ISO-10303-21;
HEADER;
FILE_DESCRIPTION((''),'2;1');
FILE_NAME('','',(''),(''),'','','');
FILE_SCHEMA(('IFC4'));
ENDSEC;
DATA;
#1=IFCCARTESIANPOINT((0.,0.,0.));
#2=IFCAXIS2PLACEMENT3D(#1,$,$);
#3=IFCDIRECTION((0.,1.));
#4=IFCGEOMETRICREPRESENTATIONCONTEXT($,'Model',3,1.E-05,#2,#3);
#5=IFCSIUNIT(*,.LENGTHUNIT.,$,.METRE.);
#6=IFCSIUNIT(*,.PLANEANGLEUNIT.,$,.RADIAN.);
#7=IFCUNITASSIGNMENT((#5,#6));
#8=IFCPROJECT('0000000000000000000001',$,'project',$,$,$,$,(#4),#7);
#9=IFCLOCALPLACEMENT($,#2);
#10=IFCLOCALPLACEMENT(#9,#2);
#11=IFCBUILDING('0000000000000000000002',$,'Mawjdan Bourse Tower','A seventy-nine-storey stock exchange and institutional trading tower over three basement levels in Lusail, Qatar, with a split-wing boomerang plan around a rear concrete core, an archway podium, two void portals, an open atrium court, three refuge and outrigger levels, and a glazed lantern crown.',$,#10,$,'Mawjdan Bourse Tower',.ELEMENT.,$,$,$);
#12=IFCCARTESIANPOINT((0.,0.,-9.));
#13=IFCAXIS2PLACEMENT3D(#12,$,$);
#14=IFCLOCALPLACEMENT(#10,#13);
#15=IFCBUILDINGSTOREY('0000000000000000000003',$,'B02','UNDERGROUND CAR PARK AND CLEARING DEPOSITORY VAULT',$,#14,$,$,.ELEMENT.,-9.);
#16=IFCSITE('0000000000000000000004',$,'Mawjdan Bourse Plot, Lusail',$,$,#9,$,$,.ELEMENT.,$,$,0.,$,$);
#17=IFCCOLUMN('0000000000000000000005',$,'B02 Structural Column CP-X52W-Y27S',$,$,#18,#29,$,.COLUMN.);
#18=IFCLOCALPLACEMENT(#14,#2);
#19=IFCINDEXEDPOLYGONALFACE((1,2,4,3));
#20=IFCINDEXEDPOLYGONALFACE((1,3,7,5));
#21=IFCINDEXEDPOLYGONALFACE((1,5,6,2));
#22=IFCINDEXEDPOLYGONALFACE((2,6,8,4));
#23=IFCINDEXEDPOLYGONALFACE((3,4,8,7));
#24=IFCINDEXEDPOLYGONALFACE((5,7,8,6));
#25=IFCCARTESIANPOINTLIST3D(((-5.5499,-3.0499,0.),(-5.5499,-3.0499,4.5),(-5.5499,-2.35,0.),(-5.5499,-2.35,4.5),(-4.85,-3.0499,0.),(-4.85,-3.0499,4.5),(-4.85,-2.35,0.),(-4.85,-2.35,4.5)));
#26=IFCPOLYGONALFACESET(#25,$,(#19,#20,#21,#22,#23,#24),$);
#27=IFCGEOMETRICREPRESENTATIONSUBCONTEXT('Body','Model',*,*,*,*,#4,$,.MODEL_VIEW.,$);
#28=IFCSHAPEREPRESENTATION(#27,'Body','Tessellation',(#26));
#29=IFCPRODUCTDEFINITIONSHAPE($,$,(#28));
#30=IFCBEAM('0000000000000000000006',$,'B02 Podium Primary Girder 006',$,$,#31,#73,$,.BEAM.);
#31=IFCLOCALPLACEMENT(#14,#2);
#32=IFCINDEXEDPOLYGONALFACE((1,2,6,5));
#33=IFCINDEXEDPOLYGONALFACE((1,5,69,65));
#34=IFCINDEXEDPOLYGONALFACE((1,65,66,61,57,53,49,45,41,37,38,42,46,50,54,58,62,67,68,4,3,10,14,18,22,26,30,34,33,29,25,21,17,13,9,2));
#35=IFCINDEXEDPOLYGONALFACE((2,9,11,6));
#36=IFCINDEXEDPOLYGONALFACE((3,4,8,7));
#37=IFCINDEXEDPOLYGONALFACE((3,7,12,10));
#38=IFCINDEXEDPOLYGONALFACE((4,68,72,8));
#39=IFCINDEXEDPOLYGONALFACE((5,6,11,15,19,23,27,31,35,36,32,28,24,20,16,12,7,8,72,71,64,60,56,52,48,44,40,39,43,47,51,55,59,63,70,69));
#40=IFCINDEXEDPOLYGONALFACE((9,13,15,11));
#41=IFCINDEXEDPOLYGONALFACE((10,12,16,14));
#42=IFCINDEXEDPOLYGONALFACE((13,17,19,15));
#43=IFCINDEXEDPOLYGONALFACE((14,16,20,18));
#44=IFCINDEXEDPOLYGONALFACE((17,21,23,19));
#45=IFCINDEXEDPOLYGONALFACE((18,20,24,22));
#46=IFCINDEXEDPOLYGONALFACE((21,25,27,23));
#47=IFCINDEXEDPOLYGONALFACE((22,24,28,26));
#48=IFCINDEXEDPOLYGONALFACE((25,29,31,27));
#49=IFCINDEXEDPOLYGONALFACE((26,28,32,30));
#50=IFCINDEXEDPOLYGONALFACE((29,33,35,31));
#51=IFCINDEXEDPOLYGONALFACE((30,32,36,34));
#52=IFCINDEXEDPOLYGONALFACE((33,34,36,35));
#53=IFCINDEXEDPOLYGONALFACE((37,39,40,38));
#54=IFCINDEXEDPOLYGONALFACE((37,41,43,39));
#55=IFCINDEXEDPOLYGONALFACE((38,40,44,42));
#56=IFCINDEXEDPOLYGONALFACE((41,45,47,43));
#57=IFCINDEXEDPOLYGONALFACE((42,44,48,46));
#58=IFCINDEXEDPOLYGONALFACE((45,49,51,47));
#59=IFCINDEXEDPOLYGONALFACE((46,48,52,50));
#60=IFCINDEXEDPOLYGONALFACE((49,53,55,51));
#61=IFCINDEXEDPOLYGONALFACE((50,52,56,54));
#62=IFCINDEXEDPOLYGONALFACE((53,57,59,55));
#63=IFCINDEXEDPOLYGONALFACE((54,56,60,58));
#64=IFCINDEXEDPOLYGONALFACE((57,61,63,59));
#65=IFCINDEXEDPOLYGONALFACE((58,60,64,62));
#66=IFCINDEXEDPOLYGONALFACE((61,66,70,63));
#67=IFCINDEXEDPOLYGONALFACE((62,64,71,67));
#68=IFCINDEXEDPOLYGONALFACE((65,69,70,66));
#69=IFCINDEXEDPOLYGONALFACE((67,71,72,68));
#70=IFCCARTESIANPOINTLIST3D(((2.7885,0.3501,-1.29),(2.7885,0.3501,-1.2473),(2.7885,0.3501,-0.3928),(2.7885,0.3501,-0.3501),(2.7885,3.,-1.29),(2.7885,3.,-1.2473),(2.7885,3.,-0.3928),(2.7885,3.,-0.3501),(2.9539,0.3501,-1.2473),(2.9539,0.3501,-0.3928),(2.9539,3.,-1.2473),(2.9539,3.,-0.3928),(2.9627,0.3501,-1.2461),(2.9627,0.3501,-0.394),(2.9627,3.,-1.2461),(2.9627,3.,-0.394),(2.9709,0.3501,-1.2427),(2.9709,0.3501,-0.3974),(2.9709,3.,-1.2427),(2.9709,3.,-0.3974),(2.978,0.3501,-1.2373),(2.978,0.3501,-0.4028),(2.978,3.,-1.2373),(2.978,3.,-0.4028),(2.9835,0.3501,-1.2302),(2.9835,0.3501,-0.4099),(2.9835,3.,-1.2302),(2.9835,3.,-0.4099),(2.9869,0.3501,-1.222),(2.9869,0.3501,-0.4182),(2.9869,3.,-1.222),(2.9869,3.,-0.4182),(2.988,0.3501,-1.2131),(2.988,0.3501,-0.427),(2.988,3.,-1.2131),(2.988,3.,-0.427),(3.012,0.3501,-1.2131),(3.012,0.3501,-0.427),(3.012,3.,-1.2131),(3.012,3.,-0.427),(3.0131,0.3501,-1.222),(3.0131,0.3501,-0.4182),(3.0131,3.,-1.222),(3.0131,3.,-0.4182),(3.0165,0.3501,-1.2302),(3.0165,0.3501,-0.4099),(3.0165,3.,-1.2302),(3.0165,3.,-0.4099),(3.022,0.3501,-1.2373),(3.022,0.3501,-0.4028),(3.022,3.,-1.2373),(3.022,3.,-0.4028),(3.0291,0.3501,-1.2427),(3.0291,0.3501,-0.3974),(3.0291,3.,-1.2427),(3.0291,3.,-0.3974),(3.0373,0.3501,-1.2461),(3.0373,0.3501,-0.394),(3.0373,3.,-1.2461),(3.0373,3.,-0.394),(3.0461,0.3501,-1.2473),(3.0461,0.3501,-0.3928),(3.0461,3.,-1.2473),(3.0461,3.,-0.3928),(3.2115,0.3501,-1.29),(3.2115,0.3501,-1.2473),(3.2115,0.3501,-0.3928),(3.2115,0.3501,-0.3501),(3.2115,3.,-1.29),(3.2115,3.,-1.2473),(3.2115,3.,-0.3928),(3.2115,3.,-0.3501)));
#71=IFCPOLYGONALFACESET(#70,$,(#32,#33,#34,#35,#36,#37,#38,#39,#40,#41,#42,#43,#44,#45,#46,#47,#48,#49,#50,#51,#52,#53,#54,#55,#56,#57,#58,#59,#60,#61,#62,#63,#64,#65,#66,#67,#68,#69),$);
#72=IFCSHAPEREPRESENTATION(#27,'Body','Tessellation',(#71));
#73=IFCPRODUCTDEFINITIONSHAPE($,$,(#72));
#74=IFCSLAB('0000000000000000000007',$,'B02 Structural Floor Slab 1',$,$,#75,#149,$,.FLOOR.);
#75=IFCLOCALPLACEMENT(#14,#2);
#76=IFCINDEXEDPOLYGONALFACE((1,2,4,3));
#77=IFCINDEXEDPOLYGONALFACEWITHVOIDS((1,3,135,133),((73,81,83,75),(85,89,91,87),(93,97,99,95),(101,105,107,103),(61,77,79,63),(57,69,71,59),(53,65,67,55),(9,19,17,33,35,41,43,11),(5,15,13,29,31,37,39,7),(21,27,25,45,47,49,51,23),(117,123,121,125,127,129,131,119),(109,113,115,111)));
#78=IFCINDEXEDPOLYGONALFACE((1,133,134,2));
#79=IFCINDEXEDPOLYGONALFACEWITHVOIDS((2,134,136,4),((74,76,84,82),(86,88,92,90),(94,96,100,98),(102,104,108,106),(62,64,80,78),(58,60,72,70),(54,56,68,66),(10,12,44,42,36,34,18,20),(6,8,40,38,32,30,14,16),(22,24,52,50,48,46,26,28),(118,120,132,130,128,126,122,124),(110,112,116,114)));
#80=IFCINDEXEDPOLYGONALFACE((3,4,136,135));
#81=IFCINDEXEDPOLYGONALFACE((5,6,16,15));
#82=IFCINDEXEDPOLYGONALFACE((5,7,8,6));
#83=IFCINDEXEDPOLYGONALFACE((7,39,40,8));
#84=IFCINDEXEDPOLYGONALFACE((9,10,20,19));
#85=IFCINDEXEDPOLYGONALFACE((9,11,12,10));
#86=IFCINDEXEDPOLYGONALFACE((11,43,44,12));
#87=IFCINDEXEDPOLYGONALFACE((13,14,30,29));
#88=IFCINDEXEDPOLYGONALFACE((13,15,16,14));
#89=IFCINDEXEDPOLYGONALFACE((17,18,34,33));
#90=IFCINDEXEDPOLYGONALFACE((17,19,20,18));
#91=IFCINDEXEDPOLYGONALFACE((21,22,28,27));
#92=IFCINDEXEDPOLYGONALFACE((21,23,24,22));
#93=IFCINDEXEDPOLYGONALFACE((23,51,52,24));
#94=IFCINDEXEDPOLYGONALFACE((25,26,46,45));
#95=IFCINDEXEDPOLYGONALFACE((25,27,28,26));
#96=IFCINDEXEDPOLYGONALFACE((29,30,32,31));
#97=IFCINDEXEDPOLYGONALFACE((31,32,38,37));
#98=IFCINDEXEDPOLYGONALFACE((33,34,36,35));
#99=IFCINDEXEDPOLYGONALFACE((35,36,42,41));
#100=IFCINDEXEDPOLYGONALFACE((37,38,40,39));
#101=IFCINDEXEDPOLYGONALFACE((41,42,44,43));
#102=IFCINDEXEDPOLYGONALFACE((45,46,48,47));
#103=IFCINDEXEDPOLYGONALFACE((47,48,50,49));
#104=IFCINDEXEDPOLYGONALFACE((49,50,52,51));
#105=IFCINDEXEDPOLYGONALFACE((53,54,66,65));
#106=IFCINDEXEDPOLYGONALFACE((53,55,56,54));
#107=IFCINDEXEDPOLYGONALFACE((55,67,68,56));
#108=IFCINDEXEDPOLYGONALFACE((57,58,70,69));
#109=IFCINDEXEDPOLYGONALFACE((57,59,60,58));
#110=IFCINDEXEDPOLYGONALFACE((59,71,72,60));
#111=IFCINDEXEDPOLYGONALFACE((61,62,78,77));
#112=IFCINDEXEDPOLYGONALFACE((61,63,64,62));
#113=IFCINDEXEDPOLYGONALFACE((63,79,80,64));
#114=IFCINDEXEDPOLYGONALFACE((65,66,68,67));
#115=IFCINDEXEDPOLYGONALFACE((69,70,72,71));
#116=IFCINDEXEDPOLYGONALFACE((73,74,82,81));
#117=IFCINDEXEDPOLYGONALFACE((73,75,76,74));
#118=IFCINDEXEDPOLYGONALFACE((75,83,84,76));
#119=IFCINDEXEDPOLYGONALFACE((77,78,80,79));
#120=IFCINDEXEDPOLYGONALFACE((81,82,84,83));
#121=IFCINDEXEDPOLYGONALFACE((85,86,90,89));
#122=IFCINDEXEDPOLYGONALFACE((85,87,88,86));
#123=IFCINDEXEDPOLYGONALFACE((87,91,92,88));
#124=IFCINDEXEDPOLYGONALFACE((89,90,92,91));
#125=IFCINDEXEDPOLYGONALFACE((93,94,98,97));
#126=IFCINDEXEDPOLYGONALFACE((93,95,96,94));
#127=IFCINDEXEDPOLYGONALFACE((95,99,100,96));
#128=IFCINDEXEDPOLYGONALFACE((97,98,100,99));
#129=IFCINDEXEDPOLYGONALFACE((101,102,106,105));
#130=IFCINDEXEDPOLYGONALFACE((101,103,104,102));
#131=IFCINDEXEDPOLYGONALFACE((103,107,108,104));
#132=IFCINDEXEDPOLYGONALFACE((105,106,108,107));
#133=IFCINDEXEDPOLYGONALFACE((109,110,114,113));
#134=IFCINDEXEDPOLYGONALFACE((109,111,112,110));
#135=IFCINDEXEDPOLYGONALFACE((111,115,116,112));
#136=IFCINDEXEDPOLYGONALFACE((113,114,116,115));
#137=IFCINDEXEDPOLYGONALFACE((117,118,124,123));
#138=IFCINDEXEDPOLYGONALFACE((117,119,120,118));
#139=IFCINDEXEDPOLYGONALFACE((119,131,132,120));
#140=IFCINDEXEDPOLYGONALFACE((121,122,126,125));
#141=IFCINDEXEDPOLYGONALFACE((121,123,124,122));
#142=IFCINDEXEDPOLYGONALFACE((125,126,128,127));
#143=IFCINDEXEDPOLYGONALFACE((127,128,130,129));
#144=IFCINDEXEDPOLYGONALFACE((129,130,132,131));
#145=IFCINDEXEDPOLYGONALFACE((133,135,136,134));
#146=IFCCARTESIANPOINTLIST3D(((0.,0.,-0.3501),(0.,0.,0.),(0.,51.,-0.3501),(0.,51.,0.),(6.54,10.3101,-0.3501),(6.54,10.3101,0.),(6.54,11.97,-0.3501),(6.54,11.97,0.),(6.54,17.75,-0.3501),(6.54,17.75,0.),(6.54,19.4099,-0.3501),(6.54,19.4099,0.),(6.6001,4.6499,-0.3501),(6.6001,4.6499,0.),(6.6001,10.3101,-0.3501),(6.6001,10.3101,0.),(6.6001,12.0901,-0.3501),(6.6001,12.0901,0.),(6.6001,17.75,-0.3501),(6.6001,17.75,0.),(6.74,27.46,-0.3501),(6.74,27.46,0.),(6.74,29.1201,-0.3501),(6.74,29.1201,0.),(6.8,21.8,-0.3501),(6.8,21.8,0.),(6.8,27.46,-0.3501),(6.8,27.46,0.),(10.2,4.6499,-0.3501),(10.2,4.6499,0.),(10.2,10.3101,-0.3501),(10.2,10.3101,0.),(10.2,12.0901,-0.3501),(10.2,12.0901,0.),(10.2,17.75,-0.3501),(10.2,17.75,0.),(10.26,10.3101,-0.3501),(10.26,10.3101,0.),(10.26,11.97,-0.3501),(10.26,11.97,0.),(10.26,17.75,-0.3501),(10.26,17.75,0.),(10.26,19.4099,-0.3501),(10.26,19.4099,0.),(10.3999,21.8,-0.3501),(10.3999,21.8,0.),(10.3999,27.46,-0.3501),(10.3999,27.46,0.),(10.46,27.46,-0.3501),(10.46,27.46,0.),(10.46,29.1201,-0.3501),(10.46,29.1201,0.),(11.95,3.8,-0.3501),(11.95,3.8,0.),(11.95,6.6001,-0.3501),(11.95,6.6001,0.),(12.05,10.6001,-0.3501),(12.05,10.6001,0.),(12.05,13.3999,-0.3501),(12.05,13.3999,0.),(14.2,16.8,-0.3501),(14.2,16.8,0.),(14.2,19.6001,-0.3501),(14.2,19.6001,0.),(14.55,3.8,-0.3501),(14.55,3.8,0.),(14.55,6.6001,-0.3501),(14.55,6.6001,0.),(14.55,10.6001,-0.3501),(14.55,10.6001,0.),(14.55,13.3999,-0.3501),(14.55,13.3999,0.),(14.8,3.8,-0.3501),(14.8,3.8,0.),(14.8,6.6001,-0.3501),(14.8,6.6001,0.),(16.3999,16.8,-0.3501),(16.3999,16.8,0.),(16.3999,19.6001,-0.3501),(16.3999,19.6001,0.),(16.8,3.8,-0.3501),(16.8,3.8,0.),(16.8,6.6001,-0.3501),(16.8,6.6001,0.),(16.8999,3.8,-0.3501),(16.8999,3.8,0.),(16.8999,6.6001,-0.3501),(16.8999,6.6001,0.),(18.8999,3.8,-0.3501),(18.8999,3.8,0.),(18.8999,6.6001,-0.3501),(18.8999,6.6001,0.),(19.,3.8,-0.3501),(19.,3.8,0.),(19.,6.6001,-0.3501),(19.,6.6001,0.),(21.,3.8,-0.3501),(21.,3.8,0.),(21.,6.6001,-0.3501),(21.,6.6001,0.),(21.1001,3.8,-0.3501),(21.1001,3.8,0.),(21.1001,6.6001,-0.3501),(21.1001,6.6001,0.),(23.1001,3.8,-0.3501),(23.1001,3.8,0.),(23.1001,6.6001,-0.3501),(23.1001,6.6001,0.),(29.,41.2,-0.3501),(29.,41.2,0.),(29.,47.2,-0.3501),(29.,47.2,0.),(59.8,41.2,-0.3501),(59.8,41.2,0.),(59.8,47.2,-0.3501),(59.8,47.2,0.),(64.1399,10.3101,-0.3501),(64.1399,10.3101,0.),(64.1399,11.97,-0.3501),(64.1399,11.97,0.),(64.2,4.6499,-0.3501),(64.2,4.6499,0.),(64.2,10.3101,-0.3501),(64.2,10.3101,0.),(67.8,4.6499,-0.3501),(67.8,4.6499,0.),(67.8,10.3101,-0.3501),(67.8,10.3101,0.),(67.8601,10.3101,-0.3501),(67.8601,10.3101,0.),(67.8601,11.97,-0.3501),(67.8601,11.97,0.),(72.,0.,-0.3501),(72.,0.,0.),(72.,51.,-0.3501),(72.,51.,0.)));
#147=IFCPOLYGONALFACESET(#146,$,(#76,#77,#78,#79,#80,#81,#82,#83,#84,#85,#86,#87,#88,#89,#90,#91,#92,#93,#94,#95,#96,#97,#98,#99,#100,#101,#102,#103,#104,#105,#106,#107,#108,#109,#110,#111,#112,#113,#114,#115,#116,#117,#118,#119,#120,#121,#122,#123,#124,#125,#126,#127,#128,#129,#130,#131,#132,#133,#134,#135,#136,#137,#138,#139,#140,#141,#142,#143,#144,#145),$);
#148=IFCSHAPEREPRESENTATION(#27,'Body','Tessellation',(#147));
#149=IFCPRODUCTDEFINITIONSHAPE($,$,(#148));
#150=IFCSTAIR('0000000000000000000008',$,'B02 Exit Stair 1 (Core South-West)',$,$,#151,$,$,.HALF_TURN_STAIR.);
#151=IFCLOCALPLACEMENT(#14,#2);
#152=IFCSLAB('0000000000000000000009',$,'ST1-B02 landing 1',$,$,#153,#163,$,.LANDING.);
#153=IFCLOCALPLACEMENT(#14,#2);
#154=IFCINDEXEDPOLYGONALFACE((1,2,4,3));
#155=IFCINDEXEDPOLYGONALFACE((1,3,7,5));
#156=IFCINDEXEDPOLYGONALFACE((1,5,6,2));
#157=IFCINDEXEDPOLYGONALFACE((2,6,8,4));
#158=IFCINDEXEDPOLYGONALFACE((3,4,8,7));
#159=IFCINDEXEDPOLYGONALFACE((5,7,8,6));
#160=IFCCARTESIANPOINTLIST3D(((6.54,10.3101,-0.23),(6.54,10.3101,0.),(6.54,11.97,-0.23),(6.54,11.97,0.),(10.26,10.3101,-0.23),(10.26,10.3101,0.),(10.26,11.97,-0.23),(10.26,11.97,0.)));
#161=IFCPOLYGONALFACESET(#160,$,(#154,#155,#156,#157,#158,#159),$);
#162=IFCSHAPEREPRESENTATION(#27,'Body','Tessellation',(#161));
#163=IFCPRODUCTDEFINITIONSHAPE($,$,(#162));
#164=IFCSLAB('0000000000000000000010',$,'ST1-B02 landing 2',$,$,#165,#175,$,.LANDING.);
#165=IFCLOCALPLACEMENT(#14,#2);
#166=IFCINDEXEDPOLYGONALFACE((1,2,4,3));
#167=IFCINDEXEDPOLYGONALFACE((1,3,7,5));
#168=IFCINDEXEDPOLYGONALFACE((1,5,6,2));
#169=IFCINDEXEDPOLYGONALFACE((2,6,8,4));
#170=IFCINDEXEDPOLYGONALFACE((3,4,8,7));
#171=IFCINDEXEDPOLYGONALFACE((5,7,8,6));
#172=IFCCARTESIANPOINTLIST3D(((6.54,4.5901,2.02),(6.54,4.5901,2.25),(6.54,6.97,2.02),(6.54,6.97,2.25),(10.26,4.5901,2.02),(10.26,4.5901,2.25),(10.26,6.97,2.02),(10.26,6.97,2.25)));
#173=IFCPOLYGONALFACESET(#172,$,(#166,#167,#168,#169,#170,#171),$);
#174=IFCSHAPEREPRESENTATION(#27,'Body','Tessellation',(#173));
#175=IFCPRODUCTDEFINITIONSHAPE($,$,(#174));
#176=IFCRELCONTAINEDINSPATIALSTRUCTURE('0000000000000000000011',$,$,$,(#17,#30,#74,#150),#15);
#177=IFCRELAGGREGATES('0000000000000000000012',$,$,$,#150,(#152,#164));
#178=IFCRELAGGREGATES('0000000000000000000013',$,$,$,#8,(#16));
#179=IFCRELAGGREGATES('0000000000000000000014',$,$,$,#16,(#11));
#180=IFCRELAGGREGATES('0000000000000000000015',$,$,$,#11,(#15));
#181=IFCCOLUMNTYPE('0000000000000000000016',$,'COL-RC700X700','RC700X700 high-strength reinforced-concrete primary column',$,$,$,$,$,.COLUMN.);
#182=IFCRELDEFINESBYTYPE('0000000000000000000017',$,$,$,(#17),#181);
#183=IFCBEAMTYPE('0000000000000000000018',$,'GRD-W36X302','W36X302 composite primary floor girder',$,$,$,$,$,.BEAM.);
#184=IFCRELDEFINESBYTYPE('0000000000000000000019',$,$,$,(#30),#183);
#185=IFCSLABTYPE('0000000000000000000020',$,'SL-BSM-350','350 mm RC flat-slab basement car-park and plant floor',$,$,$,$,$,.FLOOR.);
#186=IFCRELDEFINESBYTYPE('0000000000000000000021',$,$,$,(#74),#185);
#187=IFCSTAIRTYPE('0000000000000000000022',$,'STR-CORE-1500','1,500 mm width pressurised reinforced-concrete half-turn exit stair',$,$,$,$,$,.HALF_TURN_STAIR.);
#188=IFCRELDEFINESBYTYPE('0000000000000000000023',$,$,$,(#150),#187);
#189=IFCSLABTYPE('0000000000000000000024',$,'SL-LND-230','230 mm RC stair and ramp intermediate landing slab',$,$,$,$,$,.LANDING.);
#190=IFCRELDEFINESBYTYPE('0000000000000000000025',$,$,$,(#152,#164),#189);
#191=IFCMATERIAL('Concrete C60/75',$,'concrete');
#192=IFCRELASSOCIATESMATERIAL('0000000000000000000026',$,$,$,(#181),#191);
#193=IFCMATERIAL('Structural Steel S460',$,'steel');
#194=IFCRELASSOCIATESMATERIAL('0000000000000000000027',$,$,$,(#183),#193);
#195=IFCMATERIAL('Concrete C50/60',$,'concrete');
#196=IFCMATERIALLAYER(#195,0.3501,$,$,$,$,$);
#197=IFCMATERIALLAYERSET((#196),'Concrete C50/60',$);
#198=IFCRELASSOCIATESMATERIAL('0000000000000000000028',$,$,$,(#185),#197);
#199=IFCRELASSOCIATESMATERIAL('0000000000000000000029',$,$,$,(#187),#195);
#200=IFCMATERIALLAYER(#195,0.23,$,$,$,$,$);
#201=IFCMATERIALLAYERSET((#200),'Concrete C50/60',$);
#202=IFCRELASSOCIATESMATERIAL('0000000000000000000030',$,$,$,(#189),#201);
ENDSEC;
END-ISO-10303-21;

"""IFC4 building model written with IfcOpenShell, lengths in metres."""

from ifc_helpers import new_model, si_unit, direction, frame, origin, origin_2d, place, context, subcontext, project, spatial, polyline, rectangle, i_section, outline, extrude, material, layer, layer_set, material_profile, profile_set, type_object, element, aggregate, save


model = new_model("IFC4")

# Units and contexts
model_context = context("Model", 3, precision=1e-05, world=origin(), true_north=direction((0.0, 1.0)))
body_context = subcontext(model_context, "Body", "Model", "MODEL_VIEW")
ifc_project = project(units=[si_unit("LENGTHUNIT", "METRE"), si_unit("PLANEANGLEUNIT", "RADIAN")], contexts=[model_context])

# Site, building, storey
site_placement = place(None, origin())
site = spatial("IfcSite", under=ifc_project, at=site_placement, Name="Mawjdan Bourse Plot, Lusail", CompositionType="ELEMENT", RefElevation=0.0)
building_placement = place(site_placement, origin())
building = spatial("IfcBuilding", under=site, at=building_placement, Name="Mawjdan Bourse Tower", Description="A seventy-nine-storey stock exchange and institutional trading tower over three basement levels in Lusail, Qatar, with a split-wing boomerang plan around a rear concrete core, an archway podium, two void portals, an open atrium court, three refuge and outrigger levels, and a glazed lantern crown.", LongName="Mawjdan Bourse Tower", CompositionType="ELEMENT")
storey_placement = place(building_placement, frame((0.0, 0.0, -9.0)))
storey = spatial("IfcBuildingStorey", under=building, at=storey_placement, Name="B02", Description="UNDERGROUND CAR PARK AND CLEARING DEPOSITORY VAULT", CompositionType="ELEMENT", Elevation=-9.0)

# Column
ifc_material_1 = material(Name="Concrete C60/75", Category="concrete")
ifc_material_profile_1 = material_profile(ifc_material_1, rectangle(XDim=0.7, YDim=0.7, at=origin_2d()), Name="RC700X700")
ifc_profile_set_1 = profile_set([ifc_material_profile_1], Name="Concrete C60/75")
column_type = type_object("IfcColumnType", Name="COL-RC700X700", Description="RC700X700 high-strength reinforced-concrete primary column", PredefinedType="COLUMN", material=ifc_profile_set_1)
column_placement = place(storey_placement, frame((-5.2, -2.7, 0.0), z_axis=(0.0, 0.0, 1.0), x_axis=(1.0, 0.0, 0.0)))
element("IfcColumn", 1, at=column_placement, inside=storey, type_object=column_type, Name="B02 Structural Column CP-X52W-Y27S", PredefinedType="COLUMN", context=body_context, shape_type="SweptSolid", body=[
    extrude(rectangle(XDim=0.7, YDim=0.7, at=origin_2d()), origin(), (0.0, 0.0, 1.0), 4.5),
])

# Beam
ifc_material_2 = material(Name="Structural Steel S460", Category="steel")
ifc_material_profile_2 = material_profile(ifc_material_2, i_section(OverallWidth=0.4231, OverallDepth=0.9399, WebThickness=0.0239, FlangeThickness=0.0427, FilletRadius=0.0342, at=origin_2d()), Name="W36X302")
ifc_profile_set_2 = profile_set([ifc_material_profile_2], Name="Structural Steel S460")
beam_type = type_object("IfcBeamType", Name="GRD-W36X302", Description="W36X302 composite primary floor girder", PredefinedType="BEAM", material=ifc_profile_set_2)
beam_placement = place(storey_placement, frame((3.0, 0.3501, -0.8201), z_axis=(0.0, 1.0, 0.0), x_axis=(-1.0, 0.0, 0.0)))
element("IfcBeam", 2, at=beam_placement, inside=storey, type_object=beam_type, Name="B02 Podium Primary Girder 006", PredefinedType="BEAM", context=body_context, shape_type="SweptSolid", body=[
    extrude(i_section(OverallWidth=0.4231, OverallDepth=0.9399, WebThickness=0.0239, FlangeThickness=0.0427, FilletRadius=0.0342, at=origin_2d()), origin(), (0.0, 0.0, 1.0), 2.6499),
])

# Slab
ifc_material_3 = material(Name="Concrete C50/60", Category="concrete")
ifc_layer_1 = layer(ifc_material_3, 0.3501)
ifc_layer_set_1 = layer_set([ifc_layer_1], Name="Concrete C50/60")
slab_type_1 = type_object("IfcSlabType", Name="SL-BSM-350", Description="350 mm RC flat-slab basement car-park and plant floor", PredefinedType="FLOOR", material=ifc_layer_set_1)
slab_1_placement = place(storey_placement, frame((0.0, 0.0, -0.3501)))
element("IfcSlab", 3, at=slab_1_placement, inside=storey, type_object=slab_type_1, Name="B02 Structural Floor Slab 1", PredefinedType="FLOOR", context=body_context, shape_type="SweptSolid", body=[
    extrude(outline(polyline([(0.0, 0.0), (72.0, 0.0), (72.0, 51.0), (0.0, 51.0), (0.0, 0.0)]), holes=[polyline([(11.95, 3.8), (11.95, 6.6001), (14.55, 6.6001), (14.55, 3.8), (11.95, 3.8)]), polyline([(6.6001, 10.3101), (6.54, 10.3101), (6.54, 11.97), (10.26, 11.97), (10.26, 10.3101), (10.2, 10.3101), (10.2, 4.6499), (6.6001, 4.6499), (6.6001, 10.3101)]), polyline([(12.05, 10.6001), (12.05, 13.3999), (14.55, 13.3999), (14.55, 10.6001), (12.05, 10.6001)]), polyline([(10.26, 19.4099), (10.26, 17.75), (10.2, 17.75), (10.2, 12.0901), (6.6001, 12.0901), (6.6001, 17.75), (6.54, 17.75), (6.54, 19.4099), (10.26, 19.4099)]), polyline([(10.46, 29.1201), (10.46, 27.46), (10.3999, 27.46), (10.3999, 21.8), (6.8, 21.8), (6.8, 27.46), (6.74, 27.46), (6.74, 29.1201), (10.46, 29.1201)]), polyline([(14.8, 3.8), (14.8, 6.6001), (16.8, 6.6001), (16.8, 3.8), (14.8, 3.8)]), polyline([(16.8999, 3.8), (16.8999, 6.6001), (18.8999, 6.6001), (18.8999, 3.8), (16.8999, 3.8)]), polyline([(19.0, 3.8), (19.0, 6.6001), (21.0, 6.6001), (21.0, 3.8), (19.0, 3.8)]), polyline([(21.1001, 3.8), (21.1001, 6.6001), (23.1001, 6.6001), (23.1001, 3.8), (21.1001, 3.8)]), polyline([(67.8601, 11.97), (67.8601, 10.3101), (67.8, 10.3101), (67.8, 4.6499), (64.2, 4.6499), (64.2, 10.3101), (64.1399, 10.3101), (64.1399, 11.97), (67.8601, 11.97)]), polyline([(14.2, 16.8), (14.2, 19.6001), (16.3999, 19.6001), (16.3999, 16.8), (14.2, 16.8)]), polyline([(29.0, 41.2), (29.0, 47.2), (59.8, 47.2), (59.8, 41.2), (29.0, 41.2)])]), origin(), (0.0, 0.0, 1.0), 0.3501),
])

# Stair, slabs
stair_type = type_object("IfcStairType", Name="STR-CORE-1500", Description="1,500 mm width pressurised reinforced-concrete half-turn exit stair", PredefinedType="HALF_TURN_STAIR", material=ifc_material_3)
stair_1_placement = place(storey_placement, origin())
stair_1 = element("IfcStair", 4, at=stair_1_placement, inside=storey, type_object=stair_type, Name="B02 Exit Stair 1 (Core South-West)", PredefinedType="HALF_TURN_STAIR")
ifc_layer_2 = layer(ifc_material_3, 0.23)
ifc_layer_set_2 = layer_set([ifc_layer_2], Name="Concrete C50/60")
slab_type_2 = type_object("IfcSlabType", Name="SL-LND-230", Description="230 mm RC stair and ramp intermediate landing slab", PredefinedType="LANDING", material=ifc_layer_set_2)
slab_2_placement = place(storey_placement, frame((0.0, 0.0, -0.23)))
slab_2 = element("IfcSlab", 5, at=slab_2_placement, type_object=slab_type_2, Name="ST1-B02 landing 1", PredefinedType="LANDING", context=body_context, shape_type="SweptSolid", body=[
    extrude(outline(polyline([(6.54, 10.3101), (10.26, 10.3101), (10.26, 11.97), (6.54, 11.97), (6.54, 10.3101)])), origin(), (0.0, 0.0, 1.0), 0.23),
])
slab_3_placement = place(storey_placement, frame((0.0, 0.0, 2.02)))
slab_3 = element("IfcSlab", 6, at=slab_3_placement, type_object=slab_type_2, Name="ST1-B02 landing 2", PredefinedType="LANDING", context=body_context, shape_type="SweptSolid", body=[
    extrude(outline(polyline([(6.54, 4.5901), (10.26, 4.5901), (10.26, 6.97), (6.54, 6.97), (6.54, 4.5901)])), origin(), (0.0, 0.0, 1.0), 0.23),
])
aggregate(stair_1, [slab_2, slab_3])

save(model, "model.ifc")
